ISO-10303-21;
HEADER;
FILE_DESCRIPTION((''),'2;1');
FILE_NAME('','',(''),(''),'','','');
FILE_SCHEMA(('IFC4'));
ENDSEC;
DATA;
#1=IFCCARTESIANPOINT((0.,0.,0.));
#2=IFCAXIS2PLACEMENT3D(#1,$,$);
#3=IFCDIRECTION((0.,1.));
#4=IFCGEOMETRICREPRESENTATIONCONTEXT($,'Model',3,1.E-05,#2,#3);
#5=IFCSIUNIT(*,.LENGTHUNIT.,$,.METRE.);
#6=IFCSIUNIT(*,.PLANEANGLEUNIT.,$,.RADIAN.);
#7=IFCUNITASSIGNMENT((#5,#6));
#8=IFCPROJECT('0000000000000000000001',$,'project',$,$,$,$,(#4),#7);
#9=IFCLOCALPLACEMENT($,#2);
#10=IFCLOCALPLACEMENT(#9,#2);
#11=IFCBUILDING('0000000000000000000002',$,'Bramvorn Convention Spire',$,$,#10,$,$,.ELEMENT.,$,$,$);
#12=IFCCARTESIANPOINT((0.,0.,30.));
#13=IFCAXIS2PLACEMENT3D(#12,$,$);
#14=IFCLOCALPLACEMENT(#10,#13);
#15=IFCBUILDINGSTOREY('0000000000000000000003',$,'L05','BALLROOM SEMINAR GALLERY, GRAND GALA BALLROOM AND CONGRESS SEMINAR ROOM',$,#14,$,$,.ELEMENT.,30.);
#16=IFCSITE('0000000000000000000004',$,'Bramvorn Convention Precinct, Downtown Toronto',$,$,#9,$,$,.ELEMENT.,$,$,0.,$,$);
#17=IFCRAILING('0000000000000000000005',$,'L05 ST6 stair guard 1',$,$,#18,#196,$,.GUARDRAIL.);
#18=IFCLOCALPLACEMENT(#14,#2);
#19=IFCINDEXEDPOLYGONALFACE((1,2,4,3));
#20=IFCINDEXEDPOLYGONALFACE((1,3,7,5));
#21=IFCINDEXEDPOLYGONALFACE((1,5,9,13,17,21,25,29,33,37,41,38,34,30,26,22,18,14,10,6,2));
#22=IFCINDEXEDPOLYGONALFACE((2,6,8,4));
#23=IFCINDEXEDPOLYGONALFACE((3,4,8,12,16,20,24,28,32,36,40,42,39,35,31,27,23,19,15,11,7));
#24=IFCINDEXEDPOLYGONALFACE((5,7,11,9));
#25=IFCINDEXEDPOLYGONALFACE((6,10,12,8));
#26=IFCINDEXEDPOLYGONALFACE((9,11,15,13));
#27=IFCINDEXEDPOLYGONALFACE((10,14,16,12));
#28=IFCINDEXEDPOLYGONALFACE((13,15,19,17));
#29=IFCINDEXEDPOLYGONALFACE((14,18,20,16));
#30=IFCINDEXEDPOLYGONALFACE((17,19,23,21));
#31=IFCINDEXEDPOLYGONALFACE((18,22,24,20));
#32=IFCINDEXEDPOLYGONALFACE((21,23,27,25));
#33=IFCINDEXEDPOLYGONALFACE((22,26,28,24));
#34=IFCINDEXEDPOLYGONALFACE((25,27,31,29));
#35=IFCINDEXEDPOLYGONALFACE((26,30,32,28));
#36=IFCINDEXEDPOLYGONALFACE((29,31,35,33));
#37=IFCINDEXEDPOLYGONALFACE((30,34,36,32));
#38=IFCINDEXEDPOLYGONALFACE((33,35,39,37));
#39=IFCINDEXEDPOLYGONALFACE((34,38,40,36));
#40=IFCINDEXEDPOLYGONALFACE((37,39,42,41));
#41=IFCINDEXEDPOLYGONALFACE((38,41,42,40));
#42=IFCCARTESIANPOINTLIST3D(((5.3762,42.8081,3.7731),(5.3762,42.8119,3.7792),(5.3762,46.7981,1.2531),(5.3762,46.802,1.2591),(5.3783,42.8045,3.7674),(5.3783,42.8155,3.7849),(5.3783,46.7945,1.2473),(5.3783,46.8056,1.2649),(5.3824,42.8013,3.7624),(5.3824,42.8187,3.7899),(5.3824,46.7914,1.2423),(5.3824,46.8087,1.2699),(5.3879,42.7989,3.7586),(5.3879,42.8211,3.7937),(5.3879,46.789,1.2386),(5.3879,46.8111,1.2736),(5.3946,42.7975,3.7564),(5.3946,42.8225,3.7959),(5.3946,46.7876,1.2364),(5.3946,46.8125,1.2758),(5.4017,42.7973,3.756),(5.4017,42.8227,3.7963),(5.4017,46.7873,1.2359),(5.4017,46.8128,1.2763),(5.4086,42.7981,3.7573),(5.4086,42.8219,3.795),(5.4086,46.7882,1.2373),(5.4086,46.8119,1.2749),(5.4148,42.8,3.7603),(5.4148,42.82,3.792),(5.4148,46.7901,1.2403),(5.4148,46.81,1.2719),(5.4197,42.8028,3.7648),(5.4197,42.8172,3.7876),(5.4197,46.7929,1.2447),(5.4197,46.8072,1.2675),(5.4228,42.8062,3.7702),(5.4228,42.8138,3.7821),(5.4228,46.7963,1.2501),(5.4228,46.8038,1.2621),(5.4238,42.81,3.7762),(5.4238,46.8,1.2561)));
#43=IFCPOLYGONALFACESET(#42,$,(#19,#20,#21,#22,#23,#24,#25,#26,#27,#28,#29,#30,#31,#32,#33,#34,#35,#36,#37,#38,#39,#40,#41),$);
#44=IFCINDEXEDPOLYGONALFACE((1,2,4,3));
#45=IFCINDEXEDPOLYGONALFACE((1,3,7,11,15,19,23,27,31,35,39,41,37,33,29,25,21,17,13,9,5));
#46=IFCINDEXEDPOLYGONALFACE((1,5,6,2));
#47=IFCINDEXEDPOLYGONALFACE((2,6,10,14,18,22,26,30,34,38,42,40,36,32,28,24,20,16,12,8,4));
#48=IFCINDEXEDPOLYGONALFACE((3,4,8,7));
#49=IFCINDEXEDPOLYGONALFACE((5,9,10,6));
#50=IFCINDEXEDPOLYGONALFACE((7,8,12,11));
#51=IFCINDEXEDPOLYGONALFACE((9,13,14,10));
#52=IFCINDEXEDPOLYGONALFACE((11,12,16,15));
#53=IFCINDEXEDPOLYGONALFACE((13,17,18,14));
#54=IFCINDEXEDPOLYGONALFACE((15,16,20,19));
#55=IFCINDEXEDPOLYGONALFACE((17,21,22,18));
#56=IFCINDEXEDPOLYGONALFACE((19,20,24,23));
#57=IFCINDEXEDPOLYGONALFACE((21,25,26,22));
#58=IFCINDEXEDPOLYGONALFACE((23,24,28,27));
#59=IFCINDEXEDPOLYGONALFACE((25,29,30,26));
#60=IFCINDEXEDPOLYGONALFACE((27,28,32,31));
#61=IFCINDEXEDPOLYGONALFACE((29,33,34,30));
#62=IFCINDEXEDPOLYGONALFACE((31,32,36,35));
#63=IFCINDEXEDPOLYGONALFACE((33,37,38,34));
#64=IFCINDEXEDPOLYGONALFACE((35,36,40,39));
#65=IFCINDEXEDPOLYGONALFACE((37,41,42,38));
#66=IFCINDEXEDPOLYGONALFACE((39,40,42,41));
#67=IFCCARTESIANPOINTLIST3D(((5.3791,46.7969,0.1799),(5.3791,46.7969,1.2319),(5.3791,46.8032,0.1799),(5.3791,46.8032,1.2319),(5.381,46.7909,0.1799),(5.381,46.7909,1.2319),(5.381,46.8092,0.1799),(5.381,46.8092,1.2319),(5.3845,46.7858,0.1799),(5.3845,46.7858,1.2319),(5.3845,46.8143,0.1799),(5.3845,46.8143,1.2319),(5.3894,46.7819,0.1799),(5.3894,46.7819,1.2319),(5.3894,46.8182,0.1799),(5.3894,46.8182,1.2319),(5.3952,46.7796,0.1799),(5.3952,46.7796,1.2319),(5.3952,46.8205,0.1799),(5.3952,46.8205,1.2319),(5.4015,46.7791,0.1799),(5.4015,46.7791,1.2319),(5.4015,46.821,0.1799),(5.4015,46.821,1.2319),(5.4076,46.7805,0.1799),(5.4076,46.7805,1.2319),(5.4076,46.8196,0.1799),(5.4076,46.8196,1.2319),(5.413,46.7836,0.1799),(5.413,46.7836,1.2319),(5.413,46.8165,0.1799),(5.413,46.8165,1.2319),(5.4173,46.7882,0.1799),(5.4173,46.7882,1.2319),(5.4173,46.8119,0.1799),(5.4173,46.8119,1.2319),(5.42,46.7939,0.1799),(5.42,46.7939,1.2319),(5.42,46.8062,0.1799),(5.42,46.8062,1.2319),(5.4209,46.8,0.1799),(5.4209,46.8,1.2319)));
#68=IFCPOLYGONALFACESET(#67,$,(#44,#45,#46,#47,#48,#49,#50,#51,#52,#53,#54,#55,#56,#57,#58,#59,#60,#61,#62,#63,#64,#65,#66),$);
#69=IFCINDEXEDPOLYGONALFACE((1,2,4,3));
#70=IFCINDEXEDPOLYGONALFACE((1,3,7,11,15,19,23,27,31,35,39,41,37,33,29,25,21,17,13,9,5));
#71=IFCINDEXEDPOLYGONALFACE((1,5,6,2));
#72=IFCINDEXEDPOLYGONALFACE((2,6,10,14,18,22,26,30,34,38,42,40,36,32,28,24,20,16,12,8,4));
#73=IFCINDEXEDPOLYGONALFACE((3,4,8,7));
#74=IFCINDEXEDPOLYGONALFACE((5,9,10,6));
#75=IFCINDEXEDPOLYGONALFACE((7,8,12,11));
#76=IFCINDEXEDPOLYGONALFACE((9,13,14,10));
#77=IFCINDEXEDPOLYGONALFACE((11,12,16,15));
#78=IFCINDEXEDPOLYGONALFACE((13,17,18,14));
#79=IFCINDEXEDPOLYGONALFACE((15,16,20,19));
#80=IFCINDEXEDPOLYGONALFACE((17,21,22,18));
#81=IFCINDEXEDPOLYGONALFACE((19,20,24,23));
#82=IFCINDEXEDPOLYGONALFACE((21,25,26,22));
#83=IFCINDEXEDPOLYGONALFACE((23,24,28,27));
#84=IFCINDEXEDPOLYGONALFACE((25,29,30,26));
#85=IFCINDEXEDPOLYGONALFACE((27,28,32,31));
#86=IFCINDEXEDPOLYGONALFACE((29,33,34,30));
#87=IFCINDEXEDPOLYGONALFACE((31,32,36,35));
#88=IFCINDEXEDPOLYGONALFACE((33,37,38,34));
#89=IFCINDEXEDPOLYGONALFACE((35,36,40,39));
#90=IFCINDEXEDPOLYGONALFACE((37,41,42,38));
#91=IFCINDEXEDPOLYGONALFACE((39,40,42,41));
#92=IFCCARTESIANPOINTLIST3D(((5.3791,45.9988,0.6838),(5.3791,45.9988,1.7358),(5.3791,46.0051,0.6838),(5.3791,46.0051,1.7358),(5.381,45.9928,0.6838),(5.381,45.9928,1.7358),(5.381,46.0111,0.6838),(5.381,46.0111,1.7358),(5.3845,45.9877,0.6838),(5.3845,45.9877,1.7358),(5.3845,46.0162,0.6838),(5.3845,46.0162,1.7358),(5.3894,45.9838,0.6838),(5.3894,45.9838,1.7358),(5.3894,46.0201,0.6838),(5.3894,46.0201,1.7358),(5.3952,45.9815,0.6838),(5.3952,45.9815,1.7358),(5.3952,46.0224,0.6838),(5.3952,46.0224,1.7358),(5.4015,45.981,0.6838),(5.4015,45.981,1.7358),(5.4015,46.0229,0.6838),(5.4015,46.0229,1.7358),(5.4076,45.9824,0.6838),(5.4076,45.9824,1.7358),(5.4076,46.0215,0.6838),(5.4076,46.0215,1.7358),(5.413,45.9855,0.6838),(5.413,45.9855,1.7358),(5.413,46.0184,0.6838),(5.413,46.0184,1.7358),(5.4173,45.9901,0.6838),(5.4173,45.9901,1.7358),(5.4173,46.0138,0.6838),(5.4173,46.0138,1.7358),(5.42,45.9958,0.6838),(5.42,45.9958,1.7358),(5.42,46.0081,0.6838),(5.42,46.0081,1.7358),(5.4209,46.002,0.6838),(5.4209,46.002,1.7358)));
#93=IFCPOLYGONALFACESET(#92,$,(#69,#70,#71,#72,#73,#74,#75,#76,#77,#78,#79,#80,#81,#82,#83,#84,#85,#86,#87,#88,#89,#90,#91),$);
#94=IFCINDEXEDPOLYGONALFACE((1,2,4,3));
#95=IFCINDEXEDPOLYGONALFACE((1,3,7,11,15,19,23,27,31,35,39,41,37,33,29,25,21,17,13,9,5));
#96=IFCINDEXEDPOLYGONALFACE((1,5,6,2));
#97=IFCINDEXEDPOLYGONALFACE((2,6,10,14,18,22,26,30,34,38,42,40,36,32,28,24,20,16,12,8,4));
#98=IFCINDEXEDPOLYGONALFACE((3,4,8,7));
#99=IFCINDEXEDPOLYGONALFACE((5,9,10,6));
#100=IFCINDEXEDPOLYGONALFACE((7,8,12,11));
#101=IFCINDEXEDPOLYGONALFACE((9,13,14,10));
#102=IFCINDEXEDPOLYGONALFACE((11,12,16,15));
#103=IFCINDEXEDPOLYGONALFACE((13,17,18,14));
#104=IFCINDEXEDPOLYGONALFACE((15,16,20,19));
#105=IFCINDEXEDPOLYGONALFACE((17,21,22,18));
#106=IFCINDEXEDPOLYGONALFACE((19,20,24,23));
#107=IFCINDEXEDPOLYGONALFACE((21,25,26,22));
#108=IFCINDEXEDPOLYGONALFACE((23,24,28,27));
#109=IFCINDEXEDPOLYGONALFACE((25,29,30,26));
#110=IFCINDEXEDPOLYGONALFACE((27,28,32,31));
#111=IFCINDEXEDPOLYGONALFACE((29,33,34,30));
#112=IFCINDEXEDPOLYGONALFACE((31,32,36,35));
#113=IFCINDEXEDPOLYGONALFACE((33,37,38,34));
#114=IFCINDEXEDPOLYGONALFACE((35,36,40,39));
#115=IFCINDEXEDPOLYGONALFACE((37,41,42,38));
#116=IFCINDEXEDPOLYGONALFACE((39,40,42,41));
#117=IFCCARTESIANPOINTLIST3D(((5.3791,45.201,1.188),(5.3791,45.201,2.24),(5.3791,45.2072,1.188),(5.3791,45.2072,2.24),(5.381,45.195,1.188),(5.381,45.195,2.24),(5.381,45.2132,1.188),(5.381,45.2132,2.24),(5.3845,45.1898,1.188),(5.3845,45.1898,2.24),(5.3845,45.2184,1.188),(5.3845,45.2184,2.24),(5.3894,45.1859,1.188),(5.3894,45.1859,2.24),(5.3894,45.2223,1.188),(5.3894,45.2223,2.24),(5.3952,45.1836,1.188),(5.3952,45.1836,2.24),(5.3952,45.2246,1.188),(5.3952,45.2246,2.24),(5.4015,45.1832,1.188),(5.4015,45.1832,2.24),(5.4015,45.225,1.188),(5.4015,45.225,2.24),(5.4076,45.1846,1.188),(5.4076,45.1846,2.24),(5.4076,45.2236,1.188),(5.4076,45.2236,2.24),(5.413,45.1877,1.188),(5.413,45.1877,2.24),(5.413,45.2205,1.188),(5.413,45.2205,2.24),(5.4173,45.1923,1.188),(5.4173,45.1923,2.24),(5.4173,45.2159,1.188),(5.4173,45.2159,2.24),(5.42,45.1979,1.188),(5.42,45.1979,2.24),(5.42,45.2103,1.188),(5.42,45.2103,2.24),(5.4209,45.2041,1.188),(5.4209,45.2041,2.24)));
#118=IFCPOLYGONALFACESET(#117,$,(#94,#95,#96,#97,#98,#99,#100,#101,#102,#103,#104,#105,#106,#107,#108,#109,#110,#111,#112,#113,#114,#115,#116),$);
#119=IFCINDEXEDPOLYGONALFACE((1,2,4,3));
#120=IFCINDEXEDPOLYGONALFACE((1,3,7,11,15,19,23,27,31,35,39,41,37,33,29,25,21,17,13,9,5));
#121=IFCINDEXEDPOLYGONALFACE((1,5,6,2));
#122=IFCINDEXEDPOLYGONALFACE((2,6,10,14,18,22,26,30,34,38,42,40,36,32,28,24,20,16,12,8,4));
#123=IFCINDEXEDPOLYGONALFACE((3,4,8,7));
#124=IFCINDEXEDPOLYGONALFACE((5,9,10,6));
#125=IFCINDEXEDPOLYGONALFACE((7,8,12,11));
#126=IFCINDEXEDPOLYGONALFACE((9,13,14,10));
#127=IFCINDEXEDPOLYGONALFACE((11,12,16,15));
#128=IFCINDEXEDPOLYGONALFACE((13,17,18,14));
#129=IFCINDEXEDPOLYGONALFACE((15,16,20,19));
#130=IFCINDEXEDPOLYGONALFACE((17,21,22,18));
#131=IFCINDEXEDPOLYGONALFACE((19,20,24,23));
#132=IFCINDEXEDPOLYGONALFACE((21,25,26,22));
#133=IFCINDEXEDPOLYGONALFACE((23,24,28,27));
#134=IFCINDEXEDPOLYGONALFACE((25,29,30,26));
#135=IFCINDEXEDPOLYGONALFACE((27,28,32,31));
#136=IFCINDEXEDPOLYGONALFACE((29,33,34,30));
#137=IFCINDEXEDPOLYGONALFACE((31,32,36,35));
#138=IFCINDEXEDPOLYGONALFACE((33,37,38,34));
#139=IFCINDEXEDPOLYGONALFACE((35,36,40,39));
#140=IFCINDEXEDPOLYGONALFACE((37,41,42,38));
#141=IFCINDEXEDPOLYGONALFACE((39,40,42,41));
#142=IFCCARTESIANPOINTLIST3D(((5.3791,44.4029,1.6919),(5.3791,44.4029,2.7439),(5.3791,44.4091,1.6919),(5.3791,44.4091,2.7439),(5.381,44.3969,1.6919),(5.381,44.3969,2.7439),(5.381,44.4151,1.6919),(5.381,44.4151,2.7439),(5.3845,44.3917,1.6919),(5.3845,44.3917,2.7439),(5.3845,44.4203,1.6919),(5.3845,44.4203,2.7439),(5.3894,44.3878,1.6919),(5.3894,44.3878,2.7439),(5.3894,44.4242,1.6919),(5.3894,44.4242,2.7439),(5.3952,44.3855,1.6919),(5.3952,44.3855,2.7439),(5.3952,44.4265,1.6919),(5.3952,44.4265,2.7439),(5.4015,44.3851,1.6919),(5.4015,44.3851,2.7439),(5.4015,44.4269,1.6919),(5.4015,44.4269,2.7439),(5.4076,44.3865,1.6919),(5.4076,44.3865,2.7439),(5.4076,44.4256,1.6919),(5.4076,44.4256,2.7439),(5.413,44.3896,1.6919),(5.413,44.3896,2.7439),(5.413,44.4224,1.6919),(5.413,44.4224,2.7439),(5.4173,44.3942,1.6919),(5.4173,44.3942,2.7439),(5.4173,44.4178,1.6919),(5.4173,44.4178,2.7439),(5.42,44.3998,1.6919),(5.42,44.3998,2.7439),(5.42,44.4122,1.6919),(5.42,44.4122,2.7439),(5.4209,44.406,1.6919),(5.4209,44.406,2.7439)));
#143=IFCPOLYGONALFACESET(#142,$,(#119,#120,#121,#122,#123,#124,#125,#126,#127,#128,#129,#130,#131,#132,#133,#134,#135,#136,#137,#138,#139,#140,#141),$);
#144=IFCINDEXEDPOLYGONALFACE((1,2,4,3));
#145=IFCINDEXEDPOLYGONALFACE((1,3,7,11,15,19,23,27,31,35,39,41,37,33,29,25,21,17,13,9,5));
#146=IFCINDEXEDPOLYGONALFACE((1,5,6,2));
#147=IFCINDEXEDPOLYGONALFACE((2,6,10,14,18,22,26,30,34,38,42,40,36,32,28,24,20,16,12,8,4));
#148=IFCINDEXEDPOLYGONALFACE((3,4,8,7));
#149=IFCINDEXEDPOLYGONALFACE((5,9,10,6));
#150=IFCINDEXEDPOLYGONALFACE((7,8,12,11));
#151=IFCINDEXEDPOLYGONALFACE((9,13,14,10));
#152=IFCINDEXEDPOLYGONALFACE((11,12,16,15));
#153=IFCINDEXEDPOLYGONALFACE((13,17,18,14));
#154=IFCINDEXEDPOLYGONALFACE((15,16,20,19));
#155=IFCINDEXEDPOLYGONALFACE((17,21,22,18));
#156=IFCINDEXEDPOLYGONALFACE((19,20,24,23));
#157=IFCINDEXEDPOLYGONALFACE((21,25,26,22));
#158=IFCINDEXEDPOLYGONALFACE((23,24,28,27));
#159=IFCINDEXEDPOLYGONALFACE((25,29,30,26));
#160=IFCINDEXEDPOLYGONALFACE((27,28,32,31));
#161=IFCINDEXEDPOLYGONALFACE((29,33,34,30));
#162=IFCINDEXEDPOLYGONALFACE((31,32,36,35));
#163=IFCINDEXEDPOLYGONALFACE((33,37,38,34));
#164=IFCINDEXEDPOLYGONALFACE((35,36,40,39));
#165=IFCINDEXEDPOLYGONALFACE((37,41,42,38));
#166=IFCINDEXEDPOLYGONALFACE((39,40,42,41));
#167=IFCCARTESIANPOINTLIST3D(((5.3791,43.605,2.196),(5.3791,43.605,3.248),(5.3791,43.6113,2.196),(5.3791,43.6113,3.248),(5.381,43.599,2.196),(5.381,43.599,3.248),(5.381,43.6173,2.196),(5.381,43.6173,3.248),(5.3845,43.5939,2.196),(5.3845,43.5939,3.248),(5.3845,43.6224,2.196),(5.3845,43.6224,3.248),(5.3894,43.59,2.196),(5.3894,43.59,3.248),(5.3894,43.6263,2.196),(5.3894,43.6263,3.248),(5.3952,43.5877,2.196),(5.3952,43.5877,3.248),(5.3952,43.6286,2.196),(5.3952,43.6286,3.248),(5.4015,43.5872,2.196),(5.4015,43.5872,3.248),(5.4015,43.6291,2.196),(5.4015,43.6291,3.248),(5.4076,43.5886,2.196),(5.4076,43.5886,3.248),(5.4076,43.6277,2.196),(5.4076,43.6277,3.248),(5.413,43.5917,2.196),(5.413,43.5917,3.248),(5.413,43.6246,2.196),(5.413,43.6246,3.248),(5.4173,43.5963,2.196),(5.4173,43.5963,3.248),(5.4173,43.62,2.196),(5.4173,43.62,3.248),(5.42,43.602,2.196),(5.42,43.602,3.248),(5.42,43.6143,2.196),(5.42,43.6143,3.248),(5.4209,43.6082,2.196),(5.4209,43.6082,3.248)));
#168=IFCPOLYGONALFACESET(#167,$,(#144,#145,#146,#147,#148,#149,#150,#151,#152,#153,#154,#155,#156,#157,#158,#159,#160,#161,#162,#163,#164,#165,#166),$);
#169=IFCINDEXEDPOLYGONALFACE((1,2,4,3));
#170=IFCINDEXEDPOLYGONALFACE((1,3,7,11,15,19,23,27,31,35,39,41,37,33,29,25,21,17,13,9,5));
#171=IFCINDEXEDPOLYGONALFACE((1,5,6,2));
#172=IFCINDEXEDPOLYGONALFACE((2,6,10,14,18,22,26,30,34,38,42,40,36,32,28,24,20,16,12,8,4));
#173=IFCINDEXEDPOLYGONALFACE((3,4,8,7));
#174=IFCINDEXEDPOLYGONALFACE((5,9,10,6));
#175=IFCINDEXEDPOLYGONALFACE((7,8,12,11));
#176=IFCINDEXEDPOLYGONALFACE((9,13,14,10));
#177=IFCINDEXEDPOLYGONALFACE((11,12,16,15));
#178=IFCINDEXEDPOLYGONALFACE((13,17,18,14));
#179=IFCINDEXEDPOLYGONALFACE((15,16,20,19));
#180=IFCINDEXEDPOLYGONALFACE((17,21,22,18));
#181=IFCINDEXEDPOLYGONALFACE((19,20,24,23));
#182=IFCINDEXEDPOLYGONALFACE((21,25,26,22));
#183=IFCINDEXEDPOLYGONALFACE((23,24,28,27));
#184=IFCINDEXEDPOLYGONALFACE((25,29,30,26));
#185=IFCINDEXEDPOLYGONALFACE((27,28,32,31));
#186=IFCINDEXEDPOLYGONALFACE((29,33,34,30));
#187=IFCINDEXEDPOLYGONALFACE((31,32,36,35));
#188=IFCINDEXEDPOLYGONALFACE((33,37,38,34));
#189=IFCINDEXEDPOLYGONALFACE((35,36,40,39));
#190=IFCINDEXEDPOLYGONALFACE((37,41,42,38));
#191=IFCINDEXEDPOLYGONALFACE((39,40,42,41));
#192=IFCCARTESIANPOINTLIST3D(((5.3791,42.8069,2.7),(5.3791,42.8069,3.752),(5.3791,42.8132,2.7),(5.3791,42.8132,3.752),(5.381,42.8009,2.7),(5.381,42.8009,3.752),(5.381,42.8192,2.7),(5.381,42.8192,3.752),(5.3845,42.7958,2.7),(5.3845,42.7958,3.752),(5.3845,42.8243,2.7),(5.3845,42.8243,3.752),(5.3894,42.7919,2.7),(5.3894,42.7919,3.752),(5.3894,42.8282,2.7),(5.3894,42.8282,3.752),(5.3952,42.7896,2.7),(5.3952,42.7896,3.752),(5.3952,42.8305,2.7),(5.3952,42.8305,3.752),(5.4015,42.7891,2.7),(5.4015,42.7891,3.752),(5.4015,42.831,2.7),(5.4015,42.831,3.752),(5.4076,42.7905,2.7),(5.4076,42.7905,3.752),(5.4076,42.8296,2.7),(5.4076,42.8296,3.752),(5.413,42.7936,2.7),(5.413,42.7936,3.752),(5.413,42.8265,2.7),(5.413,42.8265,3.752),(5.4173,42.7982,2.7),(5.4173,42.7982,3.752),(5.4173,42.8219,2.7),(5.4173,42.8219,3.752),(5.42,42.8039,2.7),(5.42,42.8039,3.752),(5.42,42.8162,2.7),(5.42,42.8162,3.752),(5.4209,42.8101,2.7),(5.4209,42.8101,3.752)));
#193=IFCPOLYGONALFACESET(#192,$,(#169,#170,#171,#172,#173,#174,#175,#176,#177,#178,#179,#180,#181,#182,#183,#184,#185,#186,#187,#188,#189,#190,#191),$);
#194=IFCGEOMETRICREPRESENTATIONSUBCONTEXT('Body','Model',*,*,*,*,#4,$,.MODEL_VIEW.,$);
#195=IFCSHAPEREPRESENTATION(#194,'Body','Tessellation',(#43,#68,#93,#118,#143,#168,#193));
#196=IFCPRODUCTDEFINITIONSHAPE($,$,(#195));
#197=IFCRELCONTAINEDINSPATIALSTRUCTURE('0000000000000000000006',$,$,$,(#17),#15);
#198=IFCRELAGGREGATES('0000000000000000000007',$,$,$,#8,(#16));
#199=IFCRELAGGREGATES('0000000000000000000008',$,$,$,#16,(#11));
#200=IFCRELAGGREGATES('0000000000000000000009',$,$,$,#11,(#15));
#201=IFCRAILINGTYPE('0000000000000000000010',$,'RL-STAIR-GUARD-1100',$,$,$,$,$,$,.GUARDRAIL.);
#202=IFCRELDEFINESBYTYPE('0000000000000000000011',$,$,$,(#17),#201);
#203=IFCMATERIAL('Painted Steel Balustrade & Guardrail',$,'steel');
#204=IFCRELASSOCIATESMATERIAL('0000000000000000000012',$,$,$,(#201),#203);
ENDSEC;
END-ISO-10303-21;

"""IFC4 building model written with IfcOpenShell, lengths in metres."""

from ifc_helpers import new_model, si_unit, direction, frame, origin, origin_2d, place, context, subcontext, project, spatial, circle, extrude, material, type_object, element, save


model = new_model("IFC4")

# Units and contexts
model_context = context("Model", 3, precision=1e-05, world=origin(), true_north=direction((0.0, 1.0)))
body_context = subcontext(model_context, "Body", "Model", "MODEL_VIEW")
ifc_project = project(units=[si_unit("LENGTHUNIT", "METRE"), si_unit("PLANEANGLEUNIT", "RADIAN")], contexts=[model_context])

# Site, building, storey
site_placement = place(None, origin())
site = spatial("IfcSite", under=ifc_project, at=site_placement, Name="Bramvorn Convention Precinct, Downtown Toronto", CompositionType="ELEMENT", RefElevation=0.0)
building_placement = place(site_placement, origin())
building = spatial("IfcBuilding", under=site, at=building_placement, Name="Bramvorn Convention Spire", CompositionType="ELEMENT")
storey_placement = place(building_placement, frame((0.0, 0.0, 30.0)))
storey = spatial("IfcBuildingStorey", under=building, at=storey_placement, Name="L05", Description="BALLROOM SEMINAR GALLERY, GRAND GALA BALLROOM AND CONGRESS SEMINAR ROOM", CompositionType="ELEMENT", Elevation=30.0)

# Railing
ifc_material_1 = material(Name="Painted Steel Balustrade & Guardrail", Category="steel")
railing_type_1 = type_object("IfcRailingType", Name="RL-STAIR-GUARD-1100", PredefinedType="GUARDRAIL", material=ifc_material_1)
railing_1_placement = place(storey_placement, frame((5.3999, 46.8, 0.1799)))
element("IfcRailing", 1, at=railing_1_placement, inside=storey, type_object=railing_type_1, Name="L05 ST6 stair guard 1", PredefinedType="GUARDRAIL", context=body_context, shape_type="SweptSolid", body=[
    extrude(circle(Radius=0.0239, at=origin_2d()), frame((0.0, 0.0, 1.0762), z_axis=(0.0, -0.845486, 0.533997), x_axis=(1.0, 0.0, 0.0)), (0.0, 0.0, 1.0), 4.7192),
    extrude(circle(Radius=0.021, at=origin_2d()), origin(), (0.0, 0.0, 1.0), 1.052),
    extrude(circle(Radius=0.021, at=origin_2d()), frame((0.0, -0.7981, 0.5039)), (0.0, 0.0, 1.0), 1.052),
    extrude(circle(Radius=0.021, at=origin_2d()), frame((0.0, -1.5959, 1.0081)), (0.0, 0.0, 1.0), 1.052),
    extrude(circle(Radius=0.021, at=origin_2d()), frame((0.0, -2.394, 1.512)), (0.0, 0.0, 1.0), 1.052),
    extrude(circle(Radius=0.021, at=origin_2d()), frame((0.0, -3.1919, 2.0161)), (0.0, 0.0, 1.0), 1.052),
    extrude(circle(Radius=0.021, at=origin_2d()), frame((0.0, -3.99, 2.52)), (0.0, 0.0, 1.0), 1.052),
])

save(model, "model.ifc")
